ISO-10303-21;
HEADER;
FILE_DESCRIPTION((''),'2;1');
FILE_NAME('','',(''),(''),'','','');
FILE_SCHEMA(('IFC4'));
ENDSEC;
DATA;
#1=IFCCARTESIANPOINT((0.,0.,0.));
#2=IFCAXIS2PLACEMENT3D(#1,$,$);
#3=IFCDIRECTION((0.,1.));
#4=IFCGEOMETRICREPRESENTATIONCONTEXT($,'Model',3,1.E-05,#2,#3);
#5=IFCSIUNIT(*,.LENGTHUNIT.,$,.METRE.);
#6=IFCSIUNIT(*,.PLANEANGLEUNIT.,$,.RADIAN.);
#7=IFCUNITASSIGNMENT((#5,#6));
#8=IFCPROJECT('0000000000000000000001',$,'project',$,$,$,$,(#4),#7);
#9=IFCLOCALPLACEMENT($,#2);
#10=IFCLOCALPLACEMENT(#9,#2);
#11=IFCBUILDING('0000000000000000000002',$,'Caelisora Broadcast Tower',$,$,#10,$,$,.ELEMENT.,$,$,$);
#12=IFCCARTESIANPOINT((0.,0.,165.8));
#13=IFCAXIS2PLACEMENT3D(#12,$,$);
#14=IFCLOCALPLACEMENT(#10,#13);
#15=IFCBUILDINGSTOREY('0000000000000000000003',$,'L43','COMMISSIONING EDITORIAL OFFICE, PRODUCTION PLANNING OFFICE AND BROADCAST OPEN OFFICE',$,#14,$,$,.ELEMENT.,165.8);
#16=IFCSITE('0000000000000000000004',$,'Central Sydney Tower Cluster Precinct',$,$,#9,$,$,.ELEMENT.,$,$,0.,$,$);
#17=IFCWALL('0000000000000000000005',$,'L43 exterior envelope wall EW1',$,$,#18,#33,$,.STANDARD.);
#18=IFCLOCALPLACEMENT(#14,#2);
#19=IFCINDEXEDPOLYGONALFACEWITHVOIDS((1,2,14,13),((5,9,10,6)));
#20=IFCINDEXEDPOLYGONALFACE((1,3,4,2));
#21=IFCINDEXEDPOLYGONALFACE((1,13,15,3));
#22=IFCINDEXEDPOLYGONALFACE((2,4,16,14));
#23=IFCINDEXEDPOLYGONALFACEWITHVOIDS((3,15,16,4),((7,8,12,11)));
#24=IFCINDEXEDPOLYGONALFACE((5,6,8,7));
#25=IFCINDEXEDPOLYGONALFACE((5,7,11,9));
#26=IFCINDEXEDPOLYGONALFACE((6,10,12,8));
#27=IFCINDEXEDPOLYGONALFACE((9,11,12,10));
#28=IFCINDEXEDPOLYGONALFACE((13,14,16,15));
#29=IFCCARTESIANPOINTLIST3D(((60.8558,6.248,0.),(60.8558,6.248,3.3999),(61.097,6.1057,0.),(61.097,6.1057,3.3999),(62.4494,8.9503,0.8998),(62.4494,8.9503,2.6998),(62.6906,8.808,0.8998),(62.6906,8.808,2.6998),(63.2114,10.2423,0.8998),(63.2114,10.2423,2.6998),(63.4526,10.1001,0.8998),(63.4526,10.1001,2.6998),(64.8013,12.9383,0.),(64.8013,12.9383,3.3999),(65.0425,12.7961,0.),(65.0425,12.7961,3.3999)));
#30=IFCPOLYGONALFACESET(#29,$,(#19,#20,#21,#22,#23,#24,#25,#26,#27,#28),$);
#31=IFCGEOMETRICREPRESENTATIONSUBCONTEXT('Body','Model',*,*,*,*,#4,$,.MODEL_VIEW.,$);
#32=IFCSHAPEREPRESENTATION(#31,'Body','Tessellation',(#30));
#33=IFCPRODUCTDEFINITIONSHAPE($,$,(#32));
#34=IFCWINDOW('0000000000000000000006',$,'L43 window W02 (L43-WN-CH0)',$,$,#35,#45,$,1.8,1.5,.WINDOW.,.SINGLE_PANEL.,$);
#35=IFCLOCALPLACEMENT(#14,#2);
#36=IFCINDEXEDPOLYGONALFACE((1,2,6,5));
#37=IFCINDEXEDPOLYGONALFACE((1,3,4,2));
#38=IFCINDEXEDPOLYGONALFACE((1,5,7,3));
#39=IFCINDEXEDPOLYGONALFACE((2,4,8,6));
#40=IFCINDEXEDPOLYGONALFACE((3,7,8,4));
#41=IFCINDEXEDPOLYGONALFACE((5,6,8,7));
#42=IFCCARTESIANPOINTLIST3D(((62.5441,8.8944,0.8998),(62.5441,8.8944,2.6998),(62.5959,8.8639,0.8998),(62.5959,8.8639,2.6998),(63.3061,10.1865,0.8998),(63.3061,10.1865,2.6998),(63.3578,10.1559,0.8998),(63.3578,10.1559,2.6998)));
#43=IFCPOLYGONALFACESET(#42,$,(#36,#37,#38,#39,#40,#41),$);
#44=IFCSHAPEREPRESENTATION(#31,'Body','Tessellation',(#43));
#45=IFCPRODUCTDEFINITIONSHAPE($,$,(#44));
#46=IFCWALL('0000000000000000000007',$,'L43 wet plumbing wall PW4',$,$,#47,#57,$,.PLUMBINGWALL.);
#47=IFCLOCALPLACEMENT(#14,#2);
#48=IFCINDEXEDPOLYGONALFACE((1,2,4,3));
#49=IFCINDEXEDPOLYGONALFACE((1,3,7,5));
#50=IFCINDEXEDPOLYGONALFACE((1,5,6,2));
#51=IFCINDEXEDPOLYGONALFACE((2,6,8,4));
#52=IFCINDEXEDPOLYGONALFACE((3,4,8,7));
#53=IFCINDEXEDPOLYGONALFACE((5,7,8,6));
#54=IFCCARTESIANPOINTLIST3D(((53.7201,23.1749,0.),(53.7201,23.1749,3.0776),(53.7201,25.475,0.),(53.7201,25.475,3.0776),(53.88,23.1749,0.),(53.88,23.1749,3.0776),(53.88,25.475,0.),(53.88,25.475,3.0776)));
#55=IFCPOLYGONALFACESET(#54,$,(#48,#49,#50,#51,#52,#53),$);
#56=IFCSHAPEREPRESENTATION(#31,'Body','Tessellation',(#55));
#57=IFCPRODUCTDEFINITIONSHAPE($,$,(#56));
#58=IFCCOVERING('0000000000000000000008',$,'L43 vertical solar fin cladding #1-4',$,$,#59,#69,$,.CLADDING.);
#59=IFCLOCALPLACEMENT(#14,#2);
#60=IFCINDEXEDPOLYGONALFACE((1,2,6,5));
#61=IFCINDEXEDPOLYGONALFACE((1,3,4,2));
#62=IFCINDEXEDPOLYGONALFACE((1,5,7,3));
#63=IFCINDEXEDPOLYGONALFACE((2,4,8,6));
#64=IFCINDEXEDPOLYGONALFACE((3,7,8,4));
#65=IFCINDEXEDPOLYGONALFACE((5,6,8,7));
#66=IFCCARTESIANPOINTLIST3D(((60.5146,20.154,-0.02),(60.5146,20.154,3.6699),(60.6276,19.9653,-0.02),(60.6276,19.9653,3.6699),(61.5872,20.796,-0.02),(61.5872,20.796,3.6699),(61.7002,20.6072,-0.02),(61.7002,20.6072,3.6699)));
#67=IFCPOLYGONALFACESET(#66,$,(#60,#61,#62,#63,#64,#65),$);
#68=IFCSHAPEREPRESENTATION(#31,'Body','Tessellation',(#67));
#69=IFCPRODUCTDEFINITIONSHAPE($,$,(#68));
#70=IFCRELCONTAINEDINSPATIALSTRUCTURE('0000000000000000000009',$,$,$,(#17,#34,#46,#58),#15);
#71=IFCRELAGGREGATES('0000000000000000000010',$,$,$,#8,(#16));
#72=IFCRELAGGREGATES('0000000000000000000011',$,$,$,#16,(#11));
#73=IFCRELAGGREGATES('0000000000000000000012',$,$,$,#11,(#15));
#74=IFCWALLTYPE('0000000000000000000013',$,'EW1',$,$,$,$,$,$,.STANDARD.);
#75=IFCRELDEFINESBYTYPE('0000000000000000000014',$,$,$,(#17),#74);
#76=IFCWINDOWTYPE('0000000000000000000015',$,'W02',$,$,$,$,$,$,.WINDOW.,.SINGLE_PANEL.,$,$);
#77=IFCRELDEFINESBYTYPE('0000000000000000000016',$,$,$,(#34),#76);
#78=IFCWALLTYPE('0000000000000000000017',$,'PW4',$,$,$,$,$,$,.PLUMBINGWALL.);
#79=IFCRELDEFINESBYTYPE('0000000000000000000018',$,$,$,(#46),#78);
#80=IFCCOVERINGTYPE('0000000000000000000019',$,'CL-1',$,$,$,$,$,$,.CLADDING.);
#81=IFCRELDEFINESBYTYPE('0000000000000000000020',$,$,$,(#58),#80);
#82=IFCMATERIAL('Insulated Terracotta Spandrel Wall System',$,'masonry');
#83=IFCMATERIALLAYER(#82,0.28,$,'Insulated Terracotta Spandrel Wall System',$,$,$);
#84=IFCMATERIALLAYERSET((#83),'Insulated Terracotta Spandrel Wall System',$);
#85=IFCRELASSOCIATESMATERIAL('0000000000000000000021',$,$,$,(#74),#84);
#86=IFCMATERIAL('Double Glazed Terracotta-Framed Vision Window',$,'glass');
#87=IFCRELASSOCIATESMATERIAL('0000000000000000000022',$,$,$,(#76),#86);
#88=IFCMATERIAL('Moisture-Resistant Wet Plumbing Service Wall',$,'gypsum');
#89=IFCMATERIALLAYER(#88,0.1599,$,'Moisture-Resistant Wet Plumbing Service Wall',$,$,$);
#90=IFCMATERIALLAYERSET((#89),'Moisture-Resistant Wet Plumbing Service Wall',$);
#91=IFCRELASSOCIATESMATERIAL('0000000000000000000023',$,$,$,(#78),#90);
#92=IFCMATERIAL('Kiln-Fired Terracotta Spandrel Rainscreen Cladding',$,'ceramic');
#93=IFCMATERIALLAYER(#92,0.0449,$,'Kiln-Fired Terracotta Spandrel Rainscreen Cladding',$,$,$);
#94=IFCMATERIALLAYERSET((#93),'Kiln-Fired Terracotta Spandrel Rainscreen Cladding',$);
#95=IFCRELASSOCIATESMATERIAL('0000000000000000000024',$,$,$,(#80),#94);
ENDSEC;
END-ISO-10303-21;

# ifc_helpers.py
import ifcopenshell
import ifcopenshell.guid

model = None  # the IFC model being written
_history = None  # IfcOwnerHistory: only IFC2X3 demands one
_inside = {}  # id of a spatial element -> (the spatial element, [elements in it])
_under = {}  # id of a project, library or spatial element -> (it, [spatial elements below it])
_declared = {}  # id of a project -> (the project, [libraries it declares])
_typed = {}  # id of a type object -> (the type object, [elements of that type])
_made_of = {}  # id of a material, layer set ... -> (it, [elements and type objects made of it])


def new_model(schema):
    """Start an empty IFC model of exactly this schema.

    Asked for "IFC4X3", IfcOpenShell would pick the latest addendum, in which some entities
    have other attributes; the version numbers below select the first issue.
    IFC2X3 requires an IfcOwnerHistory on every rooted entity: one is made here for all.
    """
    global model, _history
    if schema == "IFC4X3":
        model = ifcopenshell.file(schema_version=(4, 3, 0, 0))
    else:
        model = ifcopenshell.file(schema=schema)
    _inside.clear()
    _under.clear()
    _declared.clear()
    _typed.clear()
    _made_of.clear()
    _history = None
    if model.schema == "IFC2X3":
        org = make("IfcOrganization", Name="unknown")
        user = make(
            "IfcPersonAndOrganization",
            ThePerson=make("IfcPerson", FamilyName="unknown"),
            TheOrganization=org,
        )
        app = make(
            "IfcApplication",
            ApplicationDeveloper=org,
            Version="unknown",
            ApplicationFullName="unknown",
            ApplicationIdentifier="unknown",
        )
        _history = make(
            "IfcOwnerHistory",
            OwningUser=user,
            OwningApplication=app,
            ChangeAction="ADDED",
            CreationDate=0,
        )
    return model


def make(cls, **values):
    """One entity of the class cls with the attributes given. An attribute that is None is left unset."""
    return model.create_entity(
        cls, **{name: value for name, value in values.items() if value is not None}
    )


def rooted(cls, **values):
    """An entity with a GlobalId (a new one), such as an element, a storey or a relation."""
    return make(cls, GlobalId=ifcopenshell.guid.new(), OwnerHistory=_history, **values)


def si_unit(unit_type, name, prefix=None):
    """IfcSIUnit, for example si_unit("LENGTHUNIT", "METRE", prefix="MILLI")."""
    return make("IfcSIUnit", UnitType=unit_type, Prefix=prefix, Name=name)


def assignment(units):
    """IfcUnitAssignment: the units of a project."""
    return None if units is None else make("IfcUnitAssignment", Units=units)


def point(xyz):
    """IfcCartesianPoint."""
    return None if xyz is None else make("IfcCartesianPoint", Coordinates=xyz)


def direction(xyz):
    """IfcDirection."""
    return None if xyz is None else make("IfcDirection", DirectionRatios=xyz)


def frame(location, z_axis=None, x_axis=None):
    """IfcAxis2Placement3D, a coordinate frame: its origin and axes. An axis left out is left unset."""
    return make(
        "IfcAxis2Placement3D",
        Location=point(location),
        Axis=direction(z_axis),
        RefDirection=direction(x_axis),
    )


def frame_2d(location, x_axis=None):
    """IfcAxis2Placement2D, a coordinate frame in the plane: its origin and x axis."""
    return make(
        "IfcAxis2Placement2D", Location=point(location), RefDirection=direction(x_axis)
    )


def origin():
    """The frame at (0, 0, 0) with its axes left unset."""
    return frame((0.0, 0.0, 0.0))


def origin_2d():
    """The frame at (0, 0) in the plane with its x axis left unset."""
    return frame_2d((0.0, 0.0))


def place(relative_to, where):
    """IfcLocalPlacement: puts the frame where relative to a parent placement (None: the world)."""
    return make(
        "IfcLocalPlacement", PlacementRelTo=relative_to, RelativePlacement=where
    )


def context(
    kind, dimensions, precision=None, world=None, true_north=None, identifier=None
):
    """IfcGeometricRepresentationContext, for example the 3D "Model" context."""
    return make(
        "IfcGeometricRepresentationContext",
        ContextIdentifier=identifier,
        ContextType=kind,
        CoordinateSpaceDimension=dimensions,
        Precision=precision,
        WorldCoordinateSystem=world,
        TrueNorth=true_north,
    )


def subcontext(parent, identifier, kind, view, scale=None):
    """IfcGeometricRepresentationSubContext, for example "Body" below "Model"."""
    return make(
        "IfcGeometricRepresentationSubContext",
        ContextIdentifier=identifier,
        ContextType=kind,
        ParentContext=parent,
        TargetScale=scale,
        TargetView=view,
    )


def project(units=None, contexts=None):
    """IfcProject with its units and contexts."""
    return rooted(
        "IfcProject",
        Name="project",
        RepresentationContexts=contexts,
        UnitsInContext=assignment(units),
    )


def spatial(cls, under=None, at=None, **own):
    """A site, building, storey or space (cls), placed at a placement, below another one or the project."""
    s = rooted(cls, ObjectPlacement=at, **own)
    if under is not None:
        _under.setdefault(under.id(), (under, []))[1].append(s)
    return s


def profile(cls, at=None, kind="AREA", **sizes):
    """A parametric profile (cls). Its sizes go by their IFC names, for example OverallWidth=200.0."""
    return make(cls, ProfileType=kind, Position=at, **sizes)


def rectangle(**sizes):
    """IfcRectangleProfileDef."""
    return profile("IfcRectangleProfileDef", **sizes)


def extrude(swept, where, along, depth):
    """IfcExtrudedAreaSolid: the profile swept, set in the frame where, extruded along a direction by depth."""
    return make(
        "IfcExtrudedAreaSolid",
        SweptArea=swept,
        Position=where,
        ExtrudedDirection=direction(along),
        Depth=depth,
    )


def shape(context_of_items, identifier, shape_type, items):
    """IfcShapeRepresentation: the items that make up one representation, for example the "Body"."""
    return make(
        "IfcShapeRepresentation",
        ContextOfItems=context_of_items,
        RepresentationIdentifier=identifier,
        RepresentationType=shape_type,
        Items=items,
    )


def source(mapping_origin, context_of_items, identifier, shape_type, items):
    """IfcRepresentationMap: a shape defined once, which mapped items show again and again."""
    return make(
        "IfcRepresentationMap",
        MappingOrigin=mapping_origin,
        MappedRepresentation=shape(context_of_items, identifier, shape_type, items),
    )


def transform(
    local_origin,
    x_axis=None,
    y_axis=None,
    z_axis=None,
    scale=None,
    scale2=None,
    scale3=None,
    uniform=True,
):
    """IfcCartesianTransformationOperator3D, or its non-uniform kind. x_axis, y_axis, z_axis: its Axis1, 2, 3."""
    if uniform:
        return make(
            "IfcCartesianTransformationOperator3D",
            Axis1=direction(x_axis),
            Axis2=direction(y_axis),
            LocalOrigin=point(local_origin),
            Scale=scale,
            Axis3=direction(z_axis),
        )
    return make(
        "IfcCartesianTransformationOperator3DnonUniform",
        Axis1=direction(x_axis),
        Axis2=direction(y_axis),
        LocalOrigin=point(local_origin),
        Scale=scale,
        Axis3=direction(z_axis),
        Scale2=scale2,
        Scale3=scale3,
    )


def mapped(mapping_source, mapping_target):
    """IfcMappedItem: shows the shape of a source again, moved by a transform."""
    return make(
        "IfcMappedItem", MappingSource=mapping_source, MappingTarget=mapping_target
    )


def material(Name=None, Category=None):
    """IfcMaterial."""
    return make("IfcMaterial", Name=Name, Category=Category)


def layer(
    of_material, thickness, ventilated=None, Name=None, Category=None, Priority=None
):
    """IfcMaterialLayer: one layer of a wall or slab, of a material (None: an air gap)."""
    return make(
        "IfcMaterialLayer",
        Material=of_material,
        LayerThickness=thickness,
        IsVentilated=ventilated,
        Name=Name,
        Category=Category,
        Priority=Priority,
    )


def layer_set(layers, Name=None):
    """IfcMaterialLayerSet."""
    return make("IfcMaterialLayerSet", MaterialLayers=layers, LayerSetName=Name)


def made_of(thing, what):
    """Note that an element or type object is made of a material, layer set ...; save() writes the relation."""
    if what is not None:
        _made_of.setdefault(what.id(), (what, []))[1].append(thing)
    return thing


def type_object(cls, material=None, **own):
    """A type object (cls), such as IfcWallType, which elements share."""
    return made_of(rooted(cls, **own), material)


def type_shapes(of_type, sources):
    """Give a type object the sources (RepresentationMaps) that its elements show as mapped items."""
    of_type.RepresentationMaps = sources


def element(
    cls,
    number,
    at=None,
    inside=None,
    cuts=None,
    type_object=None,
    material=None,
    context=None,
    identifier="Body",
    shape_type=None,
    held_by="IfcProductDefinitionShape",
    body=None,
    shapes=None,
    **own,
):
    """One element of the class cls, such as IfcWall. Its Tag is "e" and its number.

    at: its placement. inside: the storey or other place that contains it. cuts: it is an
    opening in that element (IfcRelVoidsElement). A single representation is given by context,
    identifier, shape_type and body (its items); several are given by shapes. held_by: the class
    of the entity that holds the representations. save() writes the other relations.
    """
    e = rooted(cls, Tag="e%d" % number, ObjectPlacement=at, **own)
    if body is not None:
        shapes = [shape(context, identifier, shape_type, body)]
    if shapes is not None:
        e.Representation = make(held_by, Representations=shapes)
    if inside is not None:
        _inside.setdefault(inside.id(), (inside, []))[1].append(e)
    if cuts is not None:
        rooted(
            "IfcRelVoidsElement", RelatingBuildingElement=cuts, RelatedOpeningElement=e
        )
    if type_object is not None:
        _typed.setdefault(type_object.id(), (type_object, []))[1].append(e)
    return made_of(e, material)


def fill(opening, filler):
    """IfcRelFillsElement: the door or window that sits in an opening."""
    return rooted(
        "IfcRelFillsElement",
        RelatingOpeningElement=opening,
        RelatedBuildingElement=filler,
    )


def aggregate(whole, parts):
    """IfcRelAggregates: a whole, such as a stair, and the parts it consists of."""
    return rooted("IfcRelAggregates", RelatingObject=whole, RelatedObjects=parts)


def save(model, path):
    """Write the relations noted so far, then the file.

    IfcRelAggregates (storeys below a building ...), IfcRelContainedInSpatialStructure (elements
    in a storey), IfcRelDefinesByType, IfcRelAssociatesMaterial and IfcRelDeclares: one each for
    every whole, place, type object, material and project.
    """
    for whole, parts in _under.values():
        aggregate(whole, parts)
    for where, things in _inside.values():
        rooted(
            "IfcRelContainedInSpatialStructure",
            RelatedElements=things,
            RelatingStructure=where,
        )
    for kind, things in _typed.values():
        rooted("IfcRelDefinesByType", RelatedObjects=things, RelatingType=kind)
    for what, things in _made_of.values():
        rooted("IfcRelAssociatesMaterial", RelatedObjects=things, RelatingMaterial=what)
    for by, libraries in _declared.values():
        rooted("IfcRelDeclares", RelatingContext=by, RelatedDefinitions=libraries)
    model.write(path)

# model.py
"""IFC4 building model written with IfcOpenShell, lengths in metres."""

from ifc_helpers import new_model, si_unit, direction, frame, frame_2d, origin, origin_2d, place, context, subcontext, project, spatial, rectangle, extrude, source, transform, mapped, material, layer, layer_set, type_object, type_shapes, element, fill, save


model = new_model("IFC4")

# Units and contexts
model_context = context("Model", 3, precision=1e-05, world=origin(), true_north=direction((0.0, 1.0)))
body_context = subcontext(model_context, "Body", "Model", "MODEL_VIEW")
ifc_project = project(units=[si_unit("LENGTHUNIT", "METRE"), si_unit("PLANEANGLEUNIT", "RADIAN")], contexts=[model_context])

# Site, building, storey
site_placement = place(None, origin())
site = spatial("IfcSite", under=ifc_project, at=site_placement, Name="Central Sydney Tower Cluster Precinct", CompositionType="ELEMENT", RefElevation=0.0)
building_placement = place(site_placement, origin())
building = spatial("IfcBuilding", under=site, at=building_placement, Name="Caelisora Broadcast Tower", CompositionType="ELEMENT")
storey_placement = place(building_placement, frame((0.0, 0.0, 165.8)))
storey = spatial("IfcBuildingStorey", under=building, at=storey_placement, Name="L43", Description="COMMISSIONING EDITORIAL OFFICE, PRODUCTION PLANNING OFFICE AND BROADCAST OPEN OFFICE", CompositionType="ELEMENT", Elevation=165.8)

# Wall, opening, window
ifc_material_1 = material(Name="Insulated Terracotta Spandrel Wall System", Category="masonry")
ifc_layer_1 = layer(ifc_material_1, 0.28, Name="Insulated Terracotta Spandrel Wall System")
ifc_layer_set_1 = layer_set([ifc_layer_1], Name="Insulated Terracotta Spandrel Wall System")
wall_type_1 = type_object("IfcWallType", Name="EW1", PredefinedType="STANDARD", material=ifc_layer_set_1)
wall_1_placement = place(storey_placement, frame((64.9219, 12.8672, 0.0), z_axis=(0.0, 0.0, 1.0), x_axis=(-0.507977, -0.86137, 0.0)))
wall_1 = element("IfcWall", 1, at=wall_1_placement, inside=storey, type_object=wall_type_1, Name="L43 exterior envelope wall EW1", PredefinedType="STANDARD", context=body_context, shape_type="SweptSolid", body=[
    extrude(rectangle(XDim=7.7671, YDim=0.28, at=frame_2d((3.8835, 0.0))), origin(), (0.0, 0.0, 1.0), 3.3999),
])
opening_placement = place(wall_1_placement, frame((3.1299, 0.0, 0.8999)))
opening = element("IfcOpeningElement", 2, at=opening_placement, cuts=wall_1, PredefinedType="OPENING", context=body_context, shape_type="SweptSolid", body=[
    extrude(rectangle(XDim=1.5, YDim=1.8, at=frame_2d((0.75, 0.8999))), frame((0.0, 0.1521, 0.0), z_axis=(0.0, -1.0, 0.0), x_axis=(1.0, 0.0, 0.0)), (0.0, 0.0, 1.0), 0.304),
])
ifc_material_2 = material(Name="Double Glazed Terracotta-Framed Vision Window", Category="glass")
window_type = type_object("IfcWindowType", Name="W02", PartitioningType="SINGLE_PANEL", PredefinedType="WINDOW", material=ifc_material_2)
window_placement = place(opening_placement, origin())
window = element("IfcWindow", 3, at=window_placement, inside=storey, type_object=window_type, Name="L43 window W02 (L43-WN-CH0)", OverallHeight=1.8, OverallWidth=1.5, PartitioningType="SINGLE_PANEL", PredefinedType="WINDOW", context=body_context, shape_type="SweptSolid", body=[
    extrude(rectangle(XDim=1.5, YDim=1.8, at=frame_2d((0.75, 0.8999))), frame((0.0, 0.03, 0.0), z_axis=(0.0, -1.0, 0.0), x_axis=(1.0, 0.0, 0.0)), (0.0, 0.0, 1.0), 0.0601),
])
fill(opening, window)

# Wall
ifc_material_3 = material(Name="Moisture-Resistant Wet Plumbing Service Wall", Category="gypsum")
ifc_layer_2 = layer(ifc_material_3, 0.1599, Name="Moisture-Resistant Wet Plumbing Service Wall")
ifc_layer_set_2 = layer_set([ifc_layer_2], Name="Moisture-Resistant Wet Plumbing Service Wall")
wall_type_2 = type_object("IfcWallType", Name="PW4", PredefinedType="PLUMBINGWALL", material=ifc_layer_set_2)
wall_2_placement = place(storey_placement, frame((53.8, 23.175, 0.0), z_axis=(0.0, 0.0, 1.0), x_axis=(0.0, 1.0, 0.0)))
element("IfcWall", 4, at=wall_2_placement, inside=storey, type_object=wall_type_2, Name="L43 wet plumbing wall PW4", PredefinedType="PLUMBINGWALL", context=body_context, shape_type="SweptSolid", body=[
    extrude(rectangle(XDim=2.3, YDim=0.1599, at=frame_2d((1.1499, 0.0))), origin(), (0.0, 0.0, 1.0), 3.0776),
])

# Covering
ifc_material_4 = material(Name="Kiln-Fired Terracotta Spandrel Rainscreen Cladding", Category="ceramic")
ifc_layer_3 = layer(ifc_material_4, 0.0449, Name="Kiln-Fired Terracotta Spandrel Rainscreen Cladding")
ifc_layer_set_3 = layer_set([ifc_layer_3], Name="Kiln-Fired Terracotta Spandrel Rainscreen Cladding")
covering_type = type_object("IfcCoveringType", Name="CL-1", PredefinedType="CLADDING", material=ifc_layer_set_3)
shared_shape_1 = source(origin(), body_context, "Body", "SweptSolid", [
    extrude(rectangle(XDim=0.22, YDim=1.25, at=origin_2d()), origin(), (0.0, 0.0, 1.0), 3.6899),
])
type_shapes(covering_type, [shared_shape_1])
covering_placement = place(storey_placement, frame((61.1074, 20.3806, -0.02), z_axis=(0.0, 0.0, 1.0), x_axis=(0.513541, -0.858065, 0.0)))
element("IfcCovering", 5, at=covering_placement, inside=storey, type_object=covering_type, Name="L43 vertical solar fin cladding #1-4", PredefinedType="CLADDING", context=body_context, shape_type="MappedRepresentation", body=[
    mapped(shared_shape_1, transform((0.0, 0.0, 0.0), scale=1.0)),
])

save(model, "model.ifc")
